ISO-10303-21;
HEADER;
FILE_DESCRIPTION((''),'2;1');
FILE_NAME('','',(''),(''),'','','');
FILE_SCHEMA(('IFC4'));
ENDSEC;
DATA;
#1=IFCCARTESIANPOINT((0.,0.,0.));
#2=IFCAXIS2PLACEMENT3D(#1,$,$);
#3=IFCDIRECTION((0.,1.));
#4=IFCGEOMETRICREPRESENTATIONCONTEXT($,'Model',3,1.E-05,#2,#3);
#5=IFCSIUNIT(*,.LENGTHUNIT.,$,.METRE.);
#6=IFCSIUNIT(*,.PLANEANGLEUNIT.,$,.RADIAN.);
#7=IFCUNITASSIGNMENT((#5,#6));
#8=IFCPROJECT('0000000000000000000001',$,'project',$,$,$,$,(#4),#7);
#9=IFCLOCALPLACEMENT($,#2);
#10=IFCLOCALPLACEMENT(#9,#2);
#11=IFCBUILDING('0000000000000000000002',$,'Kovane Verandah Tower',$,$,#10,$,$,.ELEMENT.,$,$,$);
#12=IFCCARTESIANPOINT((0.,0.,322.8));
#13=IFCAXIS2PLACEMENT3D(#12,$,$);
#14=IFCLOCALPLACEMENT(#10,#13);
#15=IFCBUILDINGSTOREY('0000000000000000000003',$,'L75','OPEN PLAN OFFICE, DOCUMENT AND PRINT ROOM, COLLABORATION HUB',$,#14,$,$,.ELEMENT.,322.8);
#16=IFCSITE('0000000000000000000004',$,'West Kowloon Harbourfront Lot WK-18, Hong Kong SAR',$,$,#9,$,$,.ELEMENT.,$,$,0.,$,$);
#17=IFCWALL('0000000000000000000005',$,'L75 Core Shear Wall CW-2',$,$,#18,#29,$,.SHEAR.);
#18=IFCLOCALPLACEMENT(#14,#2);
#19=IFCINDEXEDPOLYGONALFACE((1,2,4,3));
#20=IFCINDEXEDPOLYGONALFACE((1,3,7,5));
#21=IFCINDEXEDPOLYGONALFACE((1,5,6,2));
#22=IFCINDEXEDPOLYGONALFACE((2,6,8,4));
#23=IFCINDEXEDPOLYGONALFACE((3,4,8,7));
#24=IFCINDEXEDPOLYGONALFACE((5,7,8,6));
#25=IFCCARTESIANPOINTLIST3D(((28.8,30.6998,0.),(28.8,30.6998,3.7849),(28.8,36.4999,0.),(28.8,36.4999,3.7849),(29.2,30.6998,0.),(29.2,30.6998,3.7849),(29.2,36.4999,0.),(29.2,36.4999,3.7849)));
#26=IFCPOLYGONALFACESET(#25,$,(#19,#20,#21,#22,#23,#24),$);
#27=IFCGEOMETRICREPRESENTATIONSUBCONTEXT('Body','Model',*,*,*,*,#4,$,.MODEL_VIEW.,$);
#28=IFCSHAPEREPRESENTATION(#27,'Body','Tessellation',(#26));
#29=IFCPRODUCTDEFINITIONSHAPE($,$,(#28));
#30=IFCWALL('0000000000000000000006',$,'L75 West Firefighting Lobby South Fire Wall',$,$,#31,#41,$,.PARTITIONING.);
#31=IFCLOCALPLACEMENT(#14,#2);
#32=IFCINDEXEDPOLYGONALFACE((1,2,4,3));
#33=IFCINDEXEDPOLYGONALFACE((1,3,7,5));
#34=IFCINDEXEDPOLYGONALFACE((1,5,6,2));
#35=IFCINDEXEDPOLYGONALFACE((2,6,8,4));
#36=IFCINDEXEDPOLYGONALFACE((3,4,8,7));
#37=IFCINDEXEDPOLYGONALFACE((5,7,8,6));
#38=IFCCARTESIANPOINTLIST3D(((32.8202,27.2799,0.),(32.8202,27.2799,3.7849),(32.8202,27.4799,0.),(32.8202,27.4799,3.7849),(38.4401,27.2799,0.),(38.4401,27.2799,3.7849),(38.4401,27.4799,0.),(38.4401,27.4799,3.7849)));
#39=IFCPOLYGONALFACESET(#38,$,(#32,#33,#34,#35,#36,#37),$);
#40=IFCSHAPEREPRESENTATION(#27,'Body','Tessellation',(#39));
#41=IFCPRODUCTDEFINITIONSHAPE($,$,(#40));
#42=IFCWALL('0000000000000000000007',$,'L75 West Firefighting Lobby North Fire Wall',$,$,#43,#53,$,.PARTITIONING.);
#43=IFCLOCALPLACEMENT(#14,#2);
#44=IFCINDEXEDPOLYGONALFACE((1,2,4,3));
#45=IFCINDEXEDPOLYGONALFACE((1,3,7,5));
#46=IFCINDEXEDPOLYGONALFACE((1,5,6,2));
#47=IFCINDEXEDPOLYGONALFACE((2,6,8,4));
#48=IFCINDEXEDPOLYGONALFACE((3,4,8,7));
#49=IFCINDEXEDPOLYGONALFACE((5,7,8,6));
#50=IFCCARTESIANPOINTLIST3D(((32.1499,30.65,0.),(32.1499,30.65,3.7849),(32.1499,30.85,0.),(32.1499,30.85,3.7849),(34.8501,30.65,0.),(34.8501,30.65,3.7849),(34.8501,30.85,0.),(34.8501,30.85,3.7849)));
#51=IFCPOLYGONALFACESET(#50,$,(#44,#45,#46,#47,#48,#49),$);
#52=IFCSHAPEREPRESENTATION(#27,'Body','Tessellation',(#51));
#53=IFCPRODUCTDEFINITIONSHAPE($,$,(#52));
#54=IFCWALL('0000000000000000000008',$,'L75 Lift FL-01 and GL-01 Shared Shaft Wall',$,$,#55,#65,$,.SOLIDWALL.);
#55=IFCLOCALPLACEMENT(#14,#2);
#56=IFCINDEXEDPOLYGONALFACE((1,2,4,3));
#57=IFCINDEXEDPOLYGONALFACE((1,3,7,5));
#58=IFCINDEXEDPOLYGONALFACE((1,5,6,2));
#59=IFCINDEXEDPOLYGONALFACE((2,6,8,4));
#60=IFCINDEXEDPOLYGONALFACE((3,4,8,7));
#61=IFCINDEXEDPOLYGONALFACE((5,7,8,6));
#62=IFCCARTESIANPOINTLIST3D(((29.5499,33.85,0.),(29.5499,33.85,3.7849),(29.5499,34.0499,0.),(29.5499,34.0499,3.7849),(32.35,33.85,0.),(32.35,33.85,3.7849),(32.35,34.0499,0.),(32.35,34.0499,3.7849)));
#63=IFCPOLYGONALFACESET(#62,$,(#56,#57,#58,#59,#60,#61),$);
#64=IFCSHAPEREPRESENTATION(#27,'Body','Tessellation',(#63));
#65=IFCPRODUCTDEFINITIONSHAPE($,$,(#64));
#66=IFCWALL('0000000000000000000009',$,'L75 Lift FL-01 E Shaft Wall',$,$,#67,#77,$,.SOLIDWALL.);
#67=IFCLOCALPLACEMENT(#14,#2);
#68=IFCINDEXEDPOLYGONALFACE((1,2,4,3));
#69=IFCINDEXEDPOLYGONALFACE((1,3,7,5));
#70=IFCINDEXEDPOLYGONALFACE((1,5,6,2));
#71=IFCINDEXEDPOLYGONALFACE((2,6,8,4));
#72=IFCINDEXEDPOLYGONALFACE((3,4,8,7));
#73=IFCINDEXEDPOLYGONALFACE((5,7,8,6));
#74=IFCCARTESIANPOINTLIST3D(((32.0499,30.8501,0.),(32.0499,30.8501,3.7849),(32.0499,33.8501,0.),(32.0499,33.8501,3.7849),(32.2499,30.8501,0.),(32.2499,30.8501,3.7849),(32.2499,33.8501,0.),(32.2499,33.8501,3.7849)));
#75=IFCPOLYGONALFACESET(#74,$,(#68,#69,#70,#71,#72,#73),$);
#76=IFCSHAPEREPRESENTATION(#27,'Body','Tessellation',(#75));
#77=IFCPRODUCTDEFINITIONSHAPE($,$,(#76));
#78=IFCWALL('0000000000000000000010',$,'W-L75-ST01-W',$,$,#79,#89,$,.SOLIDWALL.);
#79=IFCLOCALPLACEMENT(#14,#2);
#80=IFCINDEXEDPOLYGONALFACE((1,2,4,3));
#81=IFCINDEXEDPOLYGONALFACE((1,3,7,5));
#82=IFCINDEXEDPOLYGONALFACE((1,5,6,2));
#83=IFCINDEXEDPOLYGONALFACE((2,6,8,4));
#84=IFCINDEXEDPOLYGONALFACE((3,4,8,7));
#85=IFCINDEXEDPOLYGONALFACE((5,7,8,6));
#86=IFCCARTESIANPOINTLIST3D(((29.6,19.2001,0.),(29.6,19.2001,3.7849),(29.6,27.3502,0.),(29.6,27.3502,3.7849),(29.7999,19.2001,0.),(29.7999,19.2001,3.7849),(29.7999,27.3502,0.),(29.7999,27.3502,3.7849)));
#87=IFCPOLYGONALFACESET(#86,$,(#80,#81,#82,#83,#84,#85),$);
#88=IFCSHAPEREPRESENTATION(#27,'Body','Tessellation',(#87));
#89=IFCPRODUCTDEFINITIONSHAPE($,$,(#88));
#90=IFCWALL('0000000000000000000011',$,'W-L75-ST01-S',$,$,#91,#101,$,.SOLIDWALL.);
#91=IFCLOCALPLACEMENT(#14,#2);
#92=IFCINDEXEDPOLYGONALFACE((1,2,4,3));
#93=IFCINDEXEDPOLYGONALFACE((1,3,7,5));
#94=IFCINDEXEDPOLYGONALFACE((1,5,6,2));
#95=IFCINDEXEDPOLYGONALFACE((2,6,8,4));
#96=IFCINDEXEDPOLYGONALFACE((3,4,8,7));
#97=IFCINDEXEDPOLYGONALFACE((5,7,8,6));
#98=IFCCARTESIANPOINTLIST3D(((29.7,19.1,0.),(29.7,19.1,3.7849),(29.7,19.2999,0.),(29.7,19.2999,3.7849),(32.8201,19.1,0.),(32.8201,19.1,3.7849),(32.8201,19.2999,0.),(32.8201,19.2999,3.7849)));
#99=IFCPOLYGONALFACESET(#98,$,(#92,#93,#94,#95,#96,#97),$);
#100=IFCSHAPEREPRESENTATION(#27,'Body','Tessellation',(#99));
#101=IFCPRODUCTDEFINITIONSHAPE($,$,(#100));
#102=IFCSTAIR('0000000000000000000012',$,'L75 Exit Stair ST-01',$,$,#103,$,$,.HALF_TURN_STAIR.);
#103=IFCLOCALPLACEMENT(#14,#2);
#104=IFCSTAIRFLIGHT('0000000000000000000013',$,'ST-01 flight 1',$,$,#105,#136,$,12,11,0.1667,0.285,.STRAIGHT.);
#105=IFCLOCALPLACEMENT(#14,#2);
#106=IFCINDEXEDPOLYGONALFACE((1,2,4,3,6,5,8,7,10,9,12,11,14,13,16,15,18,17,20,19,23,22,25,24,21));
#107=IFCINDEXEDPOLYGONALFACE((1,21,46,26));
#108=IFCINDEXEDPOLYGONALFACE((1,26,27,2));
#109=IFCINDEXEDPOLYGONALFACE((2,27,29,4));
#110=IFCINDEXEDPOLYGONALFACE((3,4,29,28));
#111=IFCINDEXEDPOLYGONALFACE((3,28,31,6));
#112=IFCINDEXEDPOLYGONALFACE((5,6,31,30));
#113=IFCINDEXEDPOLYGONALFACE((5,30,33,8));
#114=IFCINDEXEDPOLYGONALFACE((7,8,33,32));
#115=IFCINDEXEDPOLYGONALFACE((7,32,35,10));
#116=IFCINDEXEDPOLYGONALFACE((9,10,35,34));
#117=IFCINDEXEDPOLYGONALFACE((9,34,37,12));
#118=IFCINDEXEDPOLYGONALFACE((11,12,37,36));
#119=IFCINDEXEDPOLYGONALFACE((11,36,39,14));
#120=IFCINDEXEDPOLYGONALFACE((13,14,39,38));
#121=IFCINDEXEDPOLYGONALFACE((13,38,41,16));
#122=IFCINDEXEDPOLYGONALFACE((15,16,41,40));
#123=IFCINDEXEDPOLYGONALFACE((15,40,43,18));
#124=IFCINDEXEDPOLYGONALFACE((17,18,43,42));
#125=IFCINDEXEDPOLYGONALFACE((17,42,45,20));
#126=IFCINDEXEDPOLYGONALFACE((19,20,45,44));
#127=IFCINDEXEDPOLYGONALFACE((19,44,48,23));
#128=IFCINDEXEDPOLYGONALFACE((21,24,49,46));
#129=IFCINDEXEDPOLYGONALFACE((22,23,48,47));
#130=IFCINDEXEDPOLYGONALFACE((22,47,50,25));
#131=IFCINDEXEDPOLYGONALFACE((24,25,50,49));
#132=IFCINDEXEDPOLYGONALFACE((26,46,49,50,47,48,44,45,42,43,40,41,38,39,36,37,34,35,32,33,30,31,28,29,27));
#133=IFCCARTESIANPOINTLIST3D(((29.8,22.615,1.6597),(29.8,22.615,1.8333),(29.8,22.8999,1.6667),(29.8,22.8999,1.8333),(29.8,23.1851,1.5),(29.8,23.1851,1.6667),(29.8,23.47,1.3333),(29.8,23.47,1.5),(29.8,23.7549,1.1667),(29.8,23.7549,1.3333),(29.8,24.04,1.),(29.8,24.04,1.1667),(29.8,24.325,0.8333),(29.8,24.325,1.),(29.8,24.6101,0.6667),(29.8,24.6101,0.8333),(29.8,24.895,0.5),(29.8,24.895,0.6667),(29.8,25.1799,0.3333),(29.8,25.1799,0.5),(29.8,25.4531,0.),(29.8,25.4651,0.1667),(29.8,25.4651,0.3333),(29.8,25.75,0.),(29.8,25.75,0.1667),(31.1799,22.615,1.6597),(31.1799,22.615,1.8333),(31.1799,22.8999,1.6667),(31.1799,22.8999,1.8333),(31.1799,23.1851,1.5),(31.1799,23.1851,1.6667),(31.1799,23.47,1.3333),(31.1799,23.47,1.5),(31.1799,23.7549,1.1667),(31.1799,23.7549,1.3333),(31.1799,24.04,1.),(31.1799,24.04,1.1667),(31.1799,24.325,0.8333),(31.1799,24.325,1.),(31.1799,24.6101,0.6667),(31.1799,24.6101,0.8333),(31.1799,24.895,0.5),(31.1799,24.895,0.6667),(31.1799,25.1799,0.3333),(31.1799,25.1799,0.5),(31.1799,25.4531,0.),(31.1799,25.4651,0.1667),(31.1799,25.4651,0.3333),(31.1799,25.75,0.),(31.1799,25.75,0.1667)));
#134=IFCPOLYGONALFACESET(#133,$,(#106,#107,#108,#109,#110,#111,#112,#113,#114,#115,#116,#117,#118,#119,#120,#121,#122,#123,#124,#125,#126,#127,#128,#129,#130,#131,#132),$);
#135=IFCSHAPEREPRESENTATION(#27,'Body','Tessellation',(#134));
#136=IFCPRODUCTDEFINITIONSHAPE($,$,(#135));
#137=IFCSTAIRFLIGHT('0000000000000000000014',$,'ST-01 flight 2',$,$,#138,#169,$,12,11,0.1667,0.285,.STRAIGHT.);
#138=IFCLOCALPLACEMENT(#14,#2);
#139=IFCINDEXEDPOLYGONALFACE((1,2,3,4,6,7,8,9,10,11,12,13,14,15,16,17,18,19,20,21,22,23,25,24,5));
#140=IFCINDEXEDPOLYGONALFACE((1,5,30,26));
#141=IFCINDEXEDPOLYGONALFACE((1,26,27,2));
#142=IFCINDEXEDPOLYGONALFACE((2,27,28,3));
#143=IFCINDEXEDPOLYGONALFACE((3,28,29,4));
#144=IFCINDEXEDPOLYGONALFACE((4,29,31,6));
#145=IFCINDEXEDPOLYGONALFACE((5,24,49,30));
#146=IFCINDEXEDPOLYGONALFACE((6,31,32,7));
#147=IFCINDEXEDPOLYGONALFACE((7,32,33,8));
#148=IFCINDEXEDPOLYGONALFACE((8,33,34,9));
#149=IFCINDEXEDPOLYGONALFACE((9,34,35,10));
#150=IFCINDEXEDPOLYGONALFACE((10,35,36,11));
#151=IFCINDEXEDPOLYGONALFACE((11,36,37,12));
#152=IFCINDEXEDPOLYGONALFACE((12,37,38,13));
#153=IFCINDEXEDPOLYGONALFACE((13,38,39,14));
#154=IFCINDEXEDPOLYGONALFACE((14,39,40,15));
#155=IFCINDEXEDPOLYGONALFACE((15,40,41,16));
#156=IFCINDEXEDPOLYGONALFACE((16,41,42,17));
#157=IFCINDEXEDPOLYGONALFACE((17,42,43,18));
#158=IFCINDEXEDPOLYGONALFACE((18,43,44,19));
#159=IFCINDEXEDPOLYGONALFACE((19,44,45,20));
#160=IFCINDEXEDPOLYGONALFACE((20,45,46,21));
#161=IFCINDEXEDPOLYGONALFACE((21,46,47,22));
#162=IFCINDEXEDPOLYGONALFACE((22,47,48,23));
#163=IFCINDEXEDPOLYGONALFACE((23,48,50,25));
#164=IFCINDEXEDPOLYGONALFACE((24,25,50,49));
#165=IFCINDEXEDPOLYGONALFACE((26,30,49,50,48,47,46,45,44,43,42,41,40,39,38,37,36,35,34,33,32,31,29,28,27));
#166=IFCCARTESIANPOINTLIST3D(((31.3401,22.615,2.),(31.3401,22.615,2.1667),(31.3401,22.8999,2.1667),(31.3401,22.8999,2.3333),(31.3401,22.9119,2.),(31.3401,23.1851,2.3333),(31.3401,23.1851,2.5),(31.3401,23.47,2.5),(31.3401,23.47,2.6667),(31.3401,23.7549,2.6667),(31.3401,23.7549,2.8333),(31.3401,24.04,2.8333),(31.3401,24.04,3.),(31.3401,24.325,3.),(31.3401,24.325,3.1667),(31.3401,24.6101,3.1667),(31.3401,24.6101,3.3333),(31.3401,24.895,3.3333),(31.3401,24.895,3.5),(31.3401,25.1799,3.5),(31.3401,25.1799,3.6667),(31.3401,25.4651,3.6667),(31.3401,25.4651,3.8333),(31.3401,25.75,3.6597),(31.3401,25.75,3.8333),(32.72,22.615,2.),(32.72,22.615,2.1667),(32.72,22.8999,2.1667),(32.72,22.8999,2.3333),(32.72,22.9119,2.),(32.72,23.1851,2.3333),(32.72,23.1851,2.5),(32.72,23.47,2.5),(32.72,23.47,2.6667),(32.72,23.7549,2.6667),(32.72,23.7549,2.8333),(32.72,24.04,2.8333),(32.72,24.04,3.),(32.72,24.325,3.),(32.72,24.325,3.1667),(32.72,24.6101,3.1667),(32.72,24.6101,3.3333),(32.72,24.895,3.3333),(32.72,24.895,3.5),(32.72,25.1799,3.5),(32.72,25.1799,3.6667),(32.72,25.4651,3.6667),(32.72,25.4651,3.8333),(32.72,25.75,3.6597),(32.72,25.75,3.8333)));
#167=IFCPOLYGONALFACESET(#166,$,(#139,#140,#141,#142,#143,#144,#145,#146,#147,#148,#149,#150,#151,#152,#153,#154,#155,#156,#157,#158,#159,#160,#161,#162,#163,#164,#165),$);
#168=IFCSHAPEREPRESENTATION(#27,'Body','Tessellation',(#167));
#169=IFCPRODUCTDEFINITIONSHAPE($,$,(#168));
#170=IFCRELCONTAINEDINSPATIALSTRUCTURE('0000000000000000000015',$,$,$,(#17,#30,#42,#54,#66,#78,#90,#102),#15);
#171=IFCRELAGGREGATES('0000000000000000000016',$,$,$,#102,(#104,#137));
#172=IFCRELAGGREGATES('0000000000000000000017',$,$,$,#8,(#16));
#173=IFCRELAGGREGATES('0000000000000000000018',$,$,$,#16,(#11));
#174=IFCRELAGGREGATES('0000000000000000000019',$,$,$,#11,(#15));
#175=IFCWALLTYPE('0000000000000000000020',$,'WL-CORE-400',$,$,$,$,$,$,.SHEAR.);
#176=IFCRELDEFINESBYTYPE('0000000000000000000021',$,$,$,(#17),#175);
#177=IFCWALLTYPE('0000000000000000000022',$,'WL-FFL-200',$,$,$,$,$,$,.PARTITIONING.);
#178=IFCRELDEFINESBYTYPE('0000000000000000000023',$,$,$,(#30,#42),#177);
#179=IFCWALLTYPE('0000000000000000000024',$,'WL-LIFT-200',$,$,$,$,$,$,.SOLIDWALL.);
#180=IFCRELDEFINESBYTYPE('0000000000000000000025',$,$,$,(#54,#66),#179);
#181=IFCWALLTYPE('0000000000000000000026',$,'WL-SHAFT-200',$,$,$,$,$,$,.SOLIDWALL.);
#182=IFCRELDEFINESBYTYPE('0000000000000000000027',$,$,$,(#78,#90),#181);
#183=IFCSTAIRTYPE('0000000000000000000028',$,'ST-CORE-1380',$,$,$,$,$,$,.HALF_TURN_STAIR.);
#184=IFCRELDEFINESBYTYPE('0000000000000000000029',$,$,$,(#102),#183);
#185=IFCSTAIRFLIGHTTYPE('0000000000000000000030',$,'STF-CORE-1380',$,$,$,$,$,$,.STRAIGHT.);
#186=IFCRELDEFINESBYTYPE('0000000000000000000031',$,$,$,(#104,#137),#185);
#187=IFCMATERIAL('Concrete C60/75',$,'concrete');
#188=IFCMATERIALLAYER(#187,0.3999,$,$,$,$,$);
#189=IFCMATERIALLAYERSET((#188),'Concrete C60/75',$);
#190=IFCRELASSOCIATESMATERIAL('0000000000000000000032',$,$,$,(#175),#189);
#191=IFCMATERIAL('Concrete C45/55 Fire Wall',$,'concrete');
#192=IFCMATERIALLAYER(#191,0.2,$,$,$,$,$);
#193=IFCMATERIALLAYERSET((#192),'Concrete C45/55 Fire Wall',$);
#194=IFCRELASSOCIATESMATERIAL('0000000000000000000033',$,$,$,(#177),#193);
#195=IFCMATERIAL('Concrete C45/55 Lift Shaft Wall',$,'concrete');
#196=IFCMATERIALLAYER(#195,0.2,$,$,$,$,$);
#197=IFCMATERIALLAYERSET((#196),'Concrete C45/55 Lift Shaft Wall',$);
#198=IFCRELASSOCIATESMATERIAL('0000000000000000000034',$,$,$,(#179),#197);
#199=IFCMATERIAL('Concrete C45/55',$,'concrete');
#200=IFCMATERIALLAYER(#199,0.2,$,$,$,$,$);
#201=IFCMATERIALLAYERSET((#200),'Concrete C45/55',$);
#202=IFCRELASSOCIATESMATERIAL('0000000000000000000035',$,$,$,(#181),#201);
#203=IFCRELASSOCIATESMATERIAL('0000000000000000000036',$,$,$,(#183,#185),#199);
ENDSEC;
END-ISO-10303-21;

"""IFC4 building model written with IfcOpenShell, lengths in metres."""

from ifc_helpers import new_model, si_unit, direction, frame, frame_2d, origin, place, context, subcontext, project, spatial, polyline, rectangle, outline, extrude, material, layer, layer_set, type_object, element, aggregate, save


model = new_model("IFC4")

# Units and contexts
model_context = context("Model", 3, precision=1e-05, world=origin(), true_north=direction((0.0, 1.0)))
body_context = subcontext(model_context, "Body", "Model", "MODEL_VIEW")
ifc_project = project(units=[si_unit("LENGTHUNIT", "METRE"), si_unit("PLANEANGLEUNIT", "RADIAN")], contexts=[model_context])

# Site, building, storey
site_placement = place(None, origin())
site = spatial("IfcSite", under=ifc_project, at=site_placement, Name="West Kowloon Harbourfront Lot WK-18, Hong Kong SAR", CompositionType="ELEMENT", RefElevation=0.0)
building_placement = place(site_placement, origin())
building = spatial("IfcBuilding", under=site, at=building_placement, Name="Kovane Verandah Tower", CompositionType="ELEMENT")
storey_placement = place(building_placement, frame((0.0, 0.0, 322.8)))
storey = spatial("IfcBuildingStorey", under=building, at=storey_placement, Name="L75", Description="OPEN PLAN OFFICE, DOCUMENT AND PRINT ROOM, COLLABORATION HUB", CompositionType="ELEMENT", Elevation=322.8)

# Wall
ifc_material_1 = material(Name="Concrete C60/75", Category="concrete")
ifc_layer_1 = layer(ifc_material_1, 0.3999)
ifc_layer_set_1 = layer_set([ifc_layer_1], Name="Concrete C60/75")
wall_type_1 = type_object("IfcWallType", Name="WL-CORE-400", PredefinedType="SHEAR", material=ifc_layer_set_1)
wall_1_placement = place(storey_placement, frame((29.0, 30.7, 0.0), z_axis=(0.0, 0.0, 1.0), x_axis=(0.0, 1.0, 0.0)))
element("IfcWall", 1, at=wall_1_placement, inside=storey, type_object=wall_type_1, Name="L75 Core Shear Wall CW-2", PredefinedType="SHEAR", context=body_context, shape_type="SweptSolid", body=[
    extrude(rectangle(XDim=5.8, YDim=0.3999, at=frame_2d((2.8999, 0.0))), origin(), (0.0, 0.0, 1.0), 3.7849),
])

# Shared definitions
ifc_material_2 = material(Name="Concrete C45/55 Fire Wall", Category="concrete")
ifc_layer_2 = layer(ifc_material_2, 0.2)
ifc_layer_set_2 = layer_set([ifc_layer_2], Name="Concrete C45/55 Fire Wall")
wall_type_2 = type_object("IfcWallType", Name="WL-FFL-200", PredefinedType="PARTITIONING", material=ifc_layer_set_2)

# Walls
wall_2_placement = place(storey_placement, frame((32.8201, 27.3799, 0.0), z_axis=(0.0, 0.0, 1.0), x_axis=(1.0, 0.0, 0.0)))
element("IfcWall", 2, at=wall_2_placement, inside=storey, type_object=wall_type_2, Name="L75 West Firefighting Lobby South Fire Wall", PredefinedType="PARTITIONING", context=body_context, shape_type="SweptSolid", body=[
    extrude(rectangle(XDim=5.6199, YDim=0.2, at=frame_2d((2.8101, 0.0))), origin(), (0.0, 0.0, 1.0), 3.7849),
])
wall_3_placement = place(storey_placement, frame((32.1499, 30.75, 0.0), z_axis=(0.0, 0.0, 1.0), x_axis=(1.0, 0.0, 0.0)))
element("IfcWall", 3, at=wall_3_placement, inside=storey, type_object=wall_type_2, Name="L75 West Firefighting Lobby North Fire Wall", PredefinedType="PARTITIONING", context=body_context, shape_type="SweptSolid", body=[
    extrude(rectangle(XDim=2.7002, YDim=0.2, at=frame_2d((1.3501, 0.0))), origin(), (0.0, 0.0, 1.0), 3.7849),
])

# Shared definitions
ifc_material_3 = material(Name="Concrete C45/55 Lift Shaft Wall", Category="concrete")
ifc_layer_3 = layer(ifc_material_3, 0.2)
ifc_layer_set_3 = layer_set([ifc_layer_3], Name="Concrete C45/55 Lift Shaft Wall")
wall_type_3 = type_object("IfcWallType", Name="WL-LIFT-200", PredefinedType="SOLIDWALL", material=ifc_layer_set_3)

# Walls
wall_4_placement = place(storey_placement, frame((29.55, 33.95, 0.0), z_axis=(0.0, 0.0, 1.0), x_axis=(1.0, 0.0, 0.0)))
element("IfcWall", 4, at=wall_4_placement, inside=storey, type_object=wall_type_3, Name="L75 Lift FL-01 and GL-01 Shared Shaft Wall", PredefinedType="SOLIDWALL", context=body_context, shape_type="SweptSolid", body=[
    extrude(rectangle(XDim=2.8, YDim=0.2, at=frame_2d((1.3999, 0.0))), origin(), (0.0, 0.0, 1.0), 3.7849),
])
wall_5_placement = place(storey_placement, frame((32.1499, 30.8501, 0.0), z_axis=(0.0, 0.0, 1.0), x_axis=(0.0, 1.0, 0.0)))
element("IfcWall", 5, at=wall_5_placement, inside=storey, type_object=wall_type_3, Name="L75 Lift FL-01 E Shaft Wall", PredefinedType="SOLIDWALL", context=body_context, shape_type="SweptSolid", body=[
    extrude(rectangle(XDim=3.0, YDim=0.2, at=frame_2d((1.5, 0.0))), origin(), (0.0, 0.0, 1.0), 3.7849),
])

# Walls
ifc_material_4 = material(Name="Concrete C45/55", Category="concrete")
ifc_layer_4 = layer(ifc_material_4, 0.2)
ifc_layer_set_4 = layer_set([ifc_layer_4], Name="Concrete C45/55")
wall_type_4 = type_object("IfcWallType", Name="WL-SHAFT-200", PredefinedType="SOLIDWALL", material=ifc_layer_set_4)
wall_6_placement = place(storey_placement, frame((29.7, 19.2, 0.0), z_axis=(0.0, 0.0, 1.0), x_axis=(0.0, 1.0, 0.0)))
element("IfcWall", 6, at=wall_6_placement, inside=storey, type_object=wall_type_4, Name="W-L75-ST01-W", PredefinedType="SOLIDWALL", context=body_context, shape_type="SweptSolid", body=[
    extrude(rectangle(XDim=8.1501, YDim=0.2, at=frame_2d((4.0752, 0.0))), origin(), (0.0, 0.0, 1.0), 3.7849),
])
wall_7_placement = place(storey_placement, frame((29.7, 19.2, 0.0), z_axis=(0.0, 0.0, 1.0), x_axis=(1.0, 0.0, 0.0)))
element("IfcWall", 7, at=wall_7_placement, inside=storey, type_object=wall_type_4, Name="W-L75-ST01-S", PredefinedType="SOLIDWALL", context=body_context, shape_type="SweptSolid", body=[
    extrude(rectangle(XDim=3.1201, YDim=0.2, at=frame_2d((1.5601, 0.0))), origin(), (0.0, 0.0, 1.0), 3.7849),
])

# Stair, stair flights
stair_type = type_object("IfcStairType", Name="ST-CORE-1380", PredefinedType="HALF_TURN_STAIR", material=ifc_material_4)
stair_placement = place(storey_placement, origin())
stair = element("IfcStair", 8, at=stair_placement, inside=storey, type_object=stair_type, Name="L75 Exit Stair ST-01", PredefinedType="HALF_TURN_STAIR")
stair_flight_type = type_object("IfcStairFlightType", Name="STF-CORE-1380", PredefinedType="STRAIGHT", material=ifc_material_4)
stair_flight_1_placement = place(storey_placement, frame((30.49, 25.75, 0.0), z_axis=(0.0, 0.0, 1.0), x_axis=(0.0, -1.0, 0.0)))
stair_flight_1 = element("IfcStairFlight", 9, at=stair_flight_1_placement, type_object=stair_flight_type, Name="ST-01 flight 1", NumberOfRisers=12, NumberOfTreads=11, PredefinedType="STRAIGHT", RiserHeight=0.1667, TreadLength=0.285, context=body_context, shape_type="SweptSolid", body=[
    extrude(outline(polyline([(0.0, 0.0), (0.0, 0.1667), (0.2849, 0.1667), (0.2849, 0.3333), (0.5701, 0.3333), (0.5701, 0.5), (0.855, 0.5), (0.855, 0.6667), (1.1399, 0.6667), (1.1399, 0.8333), (1.425, 0.8333), (1.425, 1.0), (1.71, 1.0), (1.71, 1.1667), (1.9951, 1.1667), (1.9951, 1.3333), (2.28, 1.3333), (2.28, 1.5), (2.5649, 1.5), (2.5649, 1.6667), (2.8501, 1.6667), (2.8501, 1.8333), (3.135, 1.8333), (3.135, 2.0), (3.135, 1.6597), (0.2969, 0.0), (0.0, 0.0)])), frame((0.0, 0.6899, 0.0), z_axis=(0.0, -1.0, 0.0), x_axis=(1.0, 0.0, 0.0)), (0.0, 0.0, 1.0), 1.3799),
])
stair_flight_2_placement = place(storey_placement, frame((32.03, 22.615, 2.0), z_axis=(0.0, 0.0, 1.0), x_axis=(0.0, 1.0, 0.0)))
stair_flight_2 = element("IfcStairFlight", 10, at=stair_flight_2_placement, type_object=stair_flight_type, Name="ST-01 flight 2", NumberOfRisers=12, NumberOfTreads=11, PredefinedType="STRAIGHT", RiserHeight=0.1667, TreadLength=0.285, context=body_context, shape_type="SweptSolid", body=[
    extrude(outline(polyline([(0.0, 0.0), (0.0, 0.1667), (0.2849, 0.1667), (0.2849, 0.3333), (0.5701, 0.3333), (0.5701, 0.5), (0.855, 0.5), (0.855, 0.6667), (1.1399, 0.6667), (1.1399, 0.8333), (1.425, 0.8333), (1.425, 1.0), (1.71, 1.0), (1.71, 1.1667), (1.9951, 1.1667), (1.9951, 1.3333), (2.28, 1.3333), (2.28, 1.5), (2.5649, 1.5), (2.5649, 1.6667), (2.8501, 1.6667), (2.8501, 1.8333), (3.135, 1.8333), (3.135, 2.0), (3.135, 1.6597), (0.2969, 0.0), (0.0, 0.0)])), frame((0.0, 0.6899, 0.0), z_axis=(0.0, -1.0, 0.0), x_axis=(1.0, 0.0, 0.0)), (0.0, 0.0, 1.0), 1.3799),
])
aggregate(stair, [stair_flight_1, stair_flight_2])

save(model, "model.ifc")
